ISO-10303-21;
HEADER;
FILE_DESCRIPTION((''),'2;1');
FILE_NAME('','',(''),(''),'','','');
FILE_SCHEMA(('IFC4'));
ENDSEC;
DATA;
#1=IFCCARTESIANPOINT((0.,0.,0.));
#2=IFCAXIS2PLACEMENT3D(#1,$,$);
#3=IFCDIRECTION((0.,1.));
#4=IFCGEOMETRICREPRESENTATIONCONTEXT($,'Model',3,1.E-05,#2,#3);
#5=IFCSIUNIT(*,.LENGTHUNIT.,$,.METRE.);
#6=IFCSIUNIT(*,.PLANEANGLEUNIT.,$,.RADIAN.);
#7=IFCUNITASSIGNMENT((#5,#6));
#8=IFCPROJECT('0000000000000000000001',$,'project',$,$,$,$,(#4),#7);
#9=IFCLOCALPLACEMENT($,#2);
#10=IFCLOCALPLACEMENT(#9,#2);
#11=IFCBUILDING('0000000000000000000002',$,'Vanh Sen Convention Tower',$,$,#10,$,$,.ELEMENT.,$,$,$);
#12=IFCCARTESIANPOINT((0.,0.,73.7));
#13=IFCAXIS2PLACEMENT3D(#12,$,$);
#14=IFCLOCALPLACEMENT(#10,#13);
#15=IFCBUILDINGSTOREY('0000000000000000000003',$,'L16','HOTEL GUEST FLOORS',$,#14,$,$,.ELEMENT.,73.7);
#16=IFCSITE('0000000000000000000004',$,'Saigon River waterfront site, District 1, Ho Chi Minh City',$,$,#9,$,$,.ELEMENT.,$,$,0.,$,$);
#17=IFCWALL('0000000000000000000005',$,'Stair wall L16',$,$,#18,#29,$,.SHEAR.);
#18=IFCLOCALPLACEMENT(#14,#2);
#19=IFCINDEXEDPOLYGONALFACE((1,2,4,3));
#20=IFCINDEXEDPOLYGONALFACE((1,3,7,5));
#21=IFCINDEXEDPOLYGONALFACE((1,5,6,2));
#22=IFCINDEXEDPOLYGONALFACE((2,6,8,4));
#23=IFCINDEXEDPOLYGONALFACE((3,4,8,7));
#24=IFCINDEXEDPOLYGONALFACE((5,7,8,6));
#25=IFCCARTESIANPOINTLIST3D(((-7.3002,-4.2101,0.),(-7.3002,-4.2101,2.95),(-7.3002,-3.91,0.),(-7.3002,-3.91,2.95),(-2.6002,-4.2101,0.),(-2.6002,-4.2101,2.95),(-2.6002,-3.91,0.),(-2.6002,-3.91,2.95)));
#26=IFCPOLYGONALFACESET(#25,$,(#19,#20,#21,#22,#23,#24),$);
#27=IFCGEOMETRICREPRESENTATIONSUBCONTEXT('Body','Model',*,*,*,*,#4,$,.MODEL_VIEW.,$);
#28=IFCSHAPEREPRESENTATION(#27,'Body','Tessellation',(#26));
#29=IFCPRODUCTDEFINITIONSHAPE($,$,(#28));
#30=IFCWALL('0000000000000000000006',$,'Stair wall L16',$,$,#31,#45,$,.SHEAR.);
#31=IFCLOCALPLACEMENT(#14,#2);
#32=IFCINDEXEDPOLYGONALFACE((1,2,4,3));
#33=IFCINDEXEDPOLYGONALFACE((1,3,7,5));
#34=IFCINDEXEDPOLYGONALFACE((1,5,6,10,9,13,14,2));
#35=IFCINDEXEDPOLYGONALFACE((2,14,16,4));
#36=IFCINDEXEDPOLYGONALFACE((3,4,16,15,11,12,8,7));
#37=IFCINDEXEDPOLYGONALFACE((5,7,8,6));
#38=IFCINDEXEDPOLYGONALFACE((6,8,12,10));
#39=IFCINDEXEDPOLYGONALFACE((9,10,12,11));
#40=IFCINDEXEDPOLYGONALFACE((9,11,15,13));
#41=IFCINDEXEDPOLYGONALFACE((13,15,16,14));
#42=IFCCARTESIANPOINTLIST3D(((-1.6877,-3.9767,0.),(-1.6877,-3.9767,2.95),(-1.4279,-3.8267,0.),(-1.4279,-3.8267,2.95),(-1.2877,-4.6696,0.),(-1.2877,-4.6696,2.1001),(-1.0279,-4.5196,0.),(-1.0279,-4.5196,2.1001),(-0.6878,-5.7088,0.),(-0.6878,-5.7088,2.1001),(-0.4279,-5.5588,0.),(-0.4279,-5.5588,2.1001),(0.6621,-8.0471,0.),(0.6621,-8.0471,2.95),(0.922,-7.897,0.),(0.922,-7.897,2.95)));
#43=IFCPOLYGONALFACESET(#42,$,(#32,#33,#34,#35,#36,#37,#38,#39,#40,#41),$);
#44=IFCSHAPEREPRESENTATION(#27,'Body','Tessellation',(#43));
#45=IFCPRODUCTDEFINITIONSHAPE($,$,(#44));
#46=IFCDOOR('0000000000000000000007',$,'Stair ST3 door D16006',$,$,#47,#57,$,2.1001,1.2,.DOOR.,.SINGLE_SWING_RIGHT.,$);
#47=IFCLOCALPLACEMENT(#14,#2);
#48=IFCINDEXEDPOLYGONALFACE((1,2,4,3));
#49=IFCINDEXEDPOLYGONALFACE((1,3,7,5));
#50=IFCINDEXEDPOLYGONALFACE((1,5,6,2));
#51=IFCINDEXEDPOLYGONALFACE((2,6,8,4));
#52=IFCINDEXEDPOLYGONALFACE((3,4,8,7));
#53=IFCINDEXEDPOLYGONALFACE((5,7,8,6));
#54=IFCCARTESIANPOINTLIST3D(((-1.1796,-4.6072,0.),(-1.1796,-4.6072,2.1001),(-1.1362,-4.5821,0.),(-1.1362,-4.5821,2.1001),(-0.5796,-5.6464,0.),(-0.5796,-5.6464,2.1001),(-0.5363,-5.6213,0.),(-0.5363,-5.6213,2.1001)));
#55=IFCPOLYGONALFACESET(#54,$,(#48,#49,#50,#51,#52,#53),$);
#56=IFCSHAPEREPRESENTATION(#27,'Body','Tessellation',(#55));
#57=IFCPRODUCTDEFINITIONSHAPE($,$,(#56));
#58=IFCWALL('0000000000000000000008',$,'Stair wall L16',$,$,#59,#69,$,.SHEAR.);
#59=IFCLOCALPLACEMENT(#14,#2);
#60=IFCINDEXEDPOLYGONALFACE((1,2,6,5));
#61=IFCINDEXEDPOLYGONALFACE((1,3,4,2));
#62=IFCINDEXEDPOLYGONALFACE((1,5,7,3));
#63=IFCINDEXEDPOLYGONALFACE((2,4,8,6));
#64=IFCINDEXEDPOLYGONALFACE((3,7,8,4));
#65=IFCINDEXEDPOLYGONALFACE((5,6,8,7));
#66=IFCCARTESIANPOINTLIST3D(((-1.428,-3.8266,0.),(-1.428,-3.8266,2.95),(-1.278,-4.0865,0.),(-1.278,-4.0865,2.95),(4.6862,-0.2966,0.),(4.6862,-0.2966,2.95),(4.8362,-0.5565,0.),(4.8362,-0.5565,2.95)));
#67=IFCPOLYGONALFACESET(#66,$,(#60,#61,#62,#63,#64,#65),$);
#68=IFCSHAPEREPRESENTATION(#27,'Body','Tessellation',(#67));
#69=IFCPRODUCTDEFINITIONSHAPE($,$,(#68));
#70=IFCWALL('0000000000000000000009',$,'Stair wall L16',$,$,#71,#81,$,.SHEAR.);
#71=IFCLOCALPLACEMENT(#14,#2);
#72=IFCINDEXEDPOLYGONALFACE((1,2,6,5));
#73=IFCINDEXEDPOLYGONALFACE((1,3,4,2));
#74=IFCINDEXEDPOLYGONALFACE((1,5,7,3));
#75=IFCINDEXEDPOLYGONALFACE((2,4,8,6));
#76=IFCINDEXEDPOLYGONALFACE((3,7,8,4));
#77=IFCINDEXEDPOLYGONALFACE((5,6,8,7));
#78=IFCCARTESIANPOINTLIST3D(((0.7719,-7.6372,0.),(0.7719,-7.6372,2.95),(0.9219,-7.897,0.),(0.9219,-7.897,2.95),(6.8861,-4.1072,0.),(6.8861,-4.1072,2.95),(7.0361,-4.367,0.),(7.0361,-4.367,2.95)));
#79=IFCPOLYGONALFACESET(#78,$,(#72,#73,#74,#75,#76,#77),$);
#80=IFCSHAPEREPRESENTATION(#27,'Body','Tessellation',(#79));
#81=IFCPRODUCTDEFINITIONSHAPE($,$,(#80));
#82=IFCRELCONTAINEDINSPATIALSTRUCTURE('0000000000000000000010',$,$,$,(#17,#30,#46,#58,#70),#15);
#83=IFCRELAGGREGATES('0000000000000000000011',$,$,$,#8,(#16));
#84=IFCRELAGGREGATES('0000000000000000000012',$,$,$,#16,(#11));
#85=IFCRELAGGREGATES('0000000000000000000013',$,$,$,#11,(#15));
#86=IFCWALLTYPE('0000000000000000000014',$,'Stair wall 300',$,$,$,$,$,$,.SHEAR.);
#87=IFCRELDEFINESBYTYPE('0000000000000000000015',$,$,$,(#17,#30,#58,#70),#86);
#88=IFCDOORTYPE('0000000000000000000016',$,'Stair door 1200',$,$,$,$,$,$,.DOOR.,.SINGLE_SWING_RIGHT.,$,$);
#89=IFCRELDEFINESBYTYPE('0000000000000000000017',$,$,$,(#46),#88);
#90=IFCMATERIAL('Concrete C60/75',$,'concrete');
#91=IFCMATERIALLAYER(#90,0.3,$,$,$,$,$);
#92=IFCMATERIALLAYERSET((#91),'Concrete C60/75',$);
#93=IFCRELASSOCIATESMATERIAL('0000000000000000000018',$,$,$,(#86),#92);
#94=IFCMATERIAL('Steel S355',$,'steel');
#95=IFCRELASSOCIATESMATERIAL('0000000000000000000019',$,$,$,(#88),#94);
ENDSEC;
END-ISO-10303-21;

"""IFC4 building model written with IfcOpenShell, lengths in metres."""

from ifc_helpers import new_model, si_unit, direction, frame, frame_2d, origin, place, context, subcontext, project, spatial, rectangle, extrude, material, layer, layer_set, type_object, element, fill, save


model = new_model("IFC4")

# Units and contexts
model_context = context("Model", 3, precision=1e-05, world=origin(), true_north=direction((0.0, 1.0)))
body_context = subcontext(model_context, "Body", "Model", "MODEL_VIEW")
ifc_project = project(units=[si_unit("LENGTHUNIT", "METRE"), si_unit("PLANEANGLEUNIT", "RADIAN")], contexts=[model_context])

# Site, building, storey
site_placement = place(None, origin())
site = spatial("IfcSite", under=ifc_project, at=site_placement, Name="Saigon River waterfront site, District 1, Ho Chi Minh City", CompositionType="ELEMENT", RefElevation=0.0)
building_placement = place(site_placement, origin())
building = spatial("IfcBuilding", under=site, at=building_placement, Name="Vanh Sen Convention Tower", CompositionType="ELEMENT")
storey_placement = place(building_placement, frame((0.0, 0.0, 73.7)))
storey = spatial("IfcBuildingStorey", under=building, at=storey_placement, Name="L16", Description="HOTEL GUEST FLOORS", CompositionType="ELEMENT", Elevation=73.7)

# Shared definitions
ifc_material_1 = material(Name="Steel S355", Category="steel")

# Wall
ifc_material_2 = material(Name="Concrete C60/75", Category="concrete")
ifc_layer_1 = layer(ifc_material_2, 0.3)
ifc_layer_set_1 = layer_set([ifc_layer_1], Name="Concrete C60/75")
wall_type_1 = type_object("IfcWallType", Name="Stair wall 300", PredefinedType="SHEAR", material=ifc_layer_set_1)
wall_1_placement = place(storey_placement, frame((-2.6001, -4.0601, 0.0), z_axis=(0.0, 0.0, 1.0), x_axis=(-1.0, 0.0, 0.0)))
element("IfcWall", 1, at=wall_1_placement, inside=storey, type_object=wall_type_1, Name="Stair wall L16", PredefinedType="SHEAR", context=body_context, shape_type="SweptSolid", body=[
    extrude(rectangle(XDim=4.7, YDim=0.3, at=frame_2d((2.3501, 0.0))), origin(), (0.0, 0.0, 1.0), 2.95),
])

# Wall, opening, door
wall_2_placement = place(storey_placement, frame((-1.5579, -3.9016, 0.0), z_axis=(0.0, 0.0, 1.0), x_axis=(0.499977, -0.866039, 0.0)))
wall_2 = element("IfcWall", 2, at=wall_2_placement, inside=storey, type_object=wall_type_1, Name="Stair wall L16", PredefinedType="SHEAR", context=body_context, shape_type="SweptSolid", body=[
    extrude(rectangle(XDim=4.7, YDim=0.3, at=frame_2d((2.3501, 0.0))), origin(), (0.0, 0.0, 1.0), 2.95),
])
opening_1_placement = place(wall_2_placement, frame((0.8, 0.0, 0.0)))
opening_1 = element("IfcOpeningElement", 3, at=opening_1_placement, cuts=wall_2, PredefinedType="OPENING", context=body_context, shape_type="SweptSolid", body=[
    extrude(rectangle(XDim=1.2, YDim=2.1001, at=frame_2d((0.6001, 1.05))), frame((0.0, 0.1599, 0.0), z_axis=(0.0, -1.0, 0.0), x_axis=(1.0, 0.0, 0.0)), (0.0, 0.0, 1.0), 0.3201),
])
door_type_1 = type_object("IfcDoorType", Name="Stair door 1200", OperationType="SINGLE_SWING_RIGHT", PredefinedType="DOOR", material=ifc_material_1)
door_1_placement = place(opening_1_placement, origin())
door_1 = element("IfcDoor", 4, at=door_1_placement, inside=storey, type_object=door_type_1, Name="Stair ST3 door D16006", OperationType="SINGLE_SWING_RIGHT", OverallHeight=2.1001, OverallWidth=1.2, PredefinedType="DOOR", context=body_context, shape_type="SweptSolid", body=[
    extrude(rectangle(XDim=1.2, YDim=2.1001, at=frame_2d((0.6001, 1.05))), frame((0.0, 0.0249, 0.0), z_axis=(0.0, -1.0, 0.0), x_axis=(1.0, 0.0, 0.0)), (0.0, 0.0, 1.0), 0.05),
])
fill(opening_1, door_1)

# Walls
for number, where, z_axis, x_axis, name in (
    (5, (-1.353, -3.9565, 0.0), (0.0, 0.0, 1.0), (0.866028, 0.499996, 0.0), "Stair wall L16"),
    (6, (0.8469, -7.7671, 0.0), (0.0, 0.0, 1.0), (0.866028, 0.499996, 0.0), "Stair wall L16"),
):
    element("IfcWall", number, at=place(storey_placement, frame(where, z_axis=z_axis, x_axis=x_axis)), inside=storey, type_object=wall_type_1, Name=name, PredefinedType="SHEAR", context=body_context, shape_type="SweptSolid", body=[
        extrude(rectangle(XDim=7.0601, YDim=0.3, at=frame_2d((3.53, 0.0))), origin(), (0.0, 0.0, 1.0), 2.95),
    ])

save(model, "model.ifc")
